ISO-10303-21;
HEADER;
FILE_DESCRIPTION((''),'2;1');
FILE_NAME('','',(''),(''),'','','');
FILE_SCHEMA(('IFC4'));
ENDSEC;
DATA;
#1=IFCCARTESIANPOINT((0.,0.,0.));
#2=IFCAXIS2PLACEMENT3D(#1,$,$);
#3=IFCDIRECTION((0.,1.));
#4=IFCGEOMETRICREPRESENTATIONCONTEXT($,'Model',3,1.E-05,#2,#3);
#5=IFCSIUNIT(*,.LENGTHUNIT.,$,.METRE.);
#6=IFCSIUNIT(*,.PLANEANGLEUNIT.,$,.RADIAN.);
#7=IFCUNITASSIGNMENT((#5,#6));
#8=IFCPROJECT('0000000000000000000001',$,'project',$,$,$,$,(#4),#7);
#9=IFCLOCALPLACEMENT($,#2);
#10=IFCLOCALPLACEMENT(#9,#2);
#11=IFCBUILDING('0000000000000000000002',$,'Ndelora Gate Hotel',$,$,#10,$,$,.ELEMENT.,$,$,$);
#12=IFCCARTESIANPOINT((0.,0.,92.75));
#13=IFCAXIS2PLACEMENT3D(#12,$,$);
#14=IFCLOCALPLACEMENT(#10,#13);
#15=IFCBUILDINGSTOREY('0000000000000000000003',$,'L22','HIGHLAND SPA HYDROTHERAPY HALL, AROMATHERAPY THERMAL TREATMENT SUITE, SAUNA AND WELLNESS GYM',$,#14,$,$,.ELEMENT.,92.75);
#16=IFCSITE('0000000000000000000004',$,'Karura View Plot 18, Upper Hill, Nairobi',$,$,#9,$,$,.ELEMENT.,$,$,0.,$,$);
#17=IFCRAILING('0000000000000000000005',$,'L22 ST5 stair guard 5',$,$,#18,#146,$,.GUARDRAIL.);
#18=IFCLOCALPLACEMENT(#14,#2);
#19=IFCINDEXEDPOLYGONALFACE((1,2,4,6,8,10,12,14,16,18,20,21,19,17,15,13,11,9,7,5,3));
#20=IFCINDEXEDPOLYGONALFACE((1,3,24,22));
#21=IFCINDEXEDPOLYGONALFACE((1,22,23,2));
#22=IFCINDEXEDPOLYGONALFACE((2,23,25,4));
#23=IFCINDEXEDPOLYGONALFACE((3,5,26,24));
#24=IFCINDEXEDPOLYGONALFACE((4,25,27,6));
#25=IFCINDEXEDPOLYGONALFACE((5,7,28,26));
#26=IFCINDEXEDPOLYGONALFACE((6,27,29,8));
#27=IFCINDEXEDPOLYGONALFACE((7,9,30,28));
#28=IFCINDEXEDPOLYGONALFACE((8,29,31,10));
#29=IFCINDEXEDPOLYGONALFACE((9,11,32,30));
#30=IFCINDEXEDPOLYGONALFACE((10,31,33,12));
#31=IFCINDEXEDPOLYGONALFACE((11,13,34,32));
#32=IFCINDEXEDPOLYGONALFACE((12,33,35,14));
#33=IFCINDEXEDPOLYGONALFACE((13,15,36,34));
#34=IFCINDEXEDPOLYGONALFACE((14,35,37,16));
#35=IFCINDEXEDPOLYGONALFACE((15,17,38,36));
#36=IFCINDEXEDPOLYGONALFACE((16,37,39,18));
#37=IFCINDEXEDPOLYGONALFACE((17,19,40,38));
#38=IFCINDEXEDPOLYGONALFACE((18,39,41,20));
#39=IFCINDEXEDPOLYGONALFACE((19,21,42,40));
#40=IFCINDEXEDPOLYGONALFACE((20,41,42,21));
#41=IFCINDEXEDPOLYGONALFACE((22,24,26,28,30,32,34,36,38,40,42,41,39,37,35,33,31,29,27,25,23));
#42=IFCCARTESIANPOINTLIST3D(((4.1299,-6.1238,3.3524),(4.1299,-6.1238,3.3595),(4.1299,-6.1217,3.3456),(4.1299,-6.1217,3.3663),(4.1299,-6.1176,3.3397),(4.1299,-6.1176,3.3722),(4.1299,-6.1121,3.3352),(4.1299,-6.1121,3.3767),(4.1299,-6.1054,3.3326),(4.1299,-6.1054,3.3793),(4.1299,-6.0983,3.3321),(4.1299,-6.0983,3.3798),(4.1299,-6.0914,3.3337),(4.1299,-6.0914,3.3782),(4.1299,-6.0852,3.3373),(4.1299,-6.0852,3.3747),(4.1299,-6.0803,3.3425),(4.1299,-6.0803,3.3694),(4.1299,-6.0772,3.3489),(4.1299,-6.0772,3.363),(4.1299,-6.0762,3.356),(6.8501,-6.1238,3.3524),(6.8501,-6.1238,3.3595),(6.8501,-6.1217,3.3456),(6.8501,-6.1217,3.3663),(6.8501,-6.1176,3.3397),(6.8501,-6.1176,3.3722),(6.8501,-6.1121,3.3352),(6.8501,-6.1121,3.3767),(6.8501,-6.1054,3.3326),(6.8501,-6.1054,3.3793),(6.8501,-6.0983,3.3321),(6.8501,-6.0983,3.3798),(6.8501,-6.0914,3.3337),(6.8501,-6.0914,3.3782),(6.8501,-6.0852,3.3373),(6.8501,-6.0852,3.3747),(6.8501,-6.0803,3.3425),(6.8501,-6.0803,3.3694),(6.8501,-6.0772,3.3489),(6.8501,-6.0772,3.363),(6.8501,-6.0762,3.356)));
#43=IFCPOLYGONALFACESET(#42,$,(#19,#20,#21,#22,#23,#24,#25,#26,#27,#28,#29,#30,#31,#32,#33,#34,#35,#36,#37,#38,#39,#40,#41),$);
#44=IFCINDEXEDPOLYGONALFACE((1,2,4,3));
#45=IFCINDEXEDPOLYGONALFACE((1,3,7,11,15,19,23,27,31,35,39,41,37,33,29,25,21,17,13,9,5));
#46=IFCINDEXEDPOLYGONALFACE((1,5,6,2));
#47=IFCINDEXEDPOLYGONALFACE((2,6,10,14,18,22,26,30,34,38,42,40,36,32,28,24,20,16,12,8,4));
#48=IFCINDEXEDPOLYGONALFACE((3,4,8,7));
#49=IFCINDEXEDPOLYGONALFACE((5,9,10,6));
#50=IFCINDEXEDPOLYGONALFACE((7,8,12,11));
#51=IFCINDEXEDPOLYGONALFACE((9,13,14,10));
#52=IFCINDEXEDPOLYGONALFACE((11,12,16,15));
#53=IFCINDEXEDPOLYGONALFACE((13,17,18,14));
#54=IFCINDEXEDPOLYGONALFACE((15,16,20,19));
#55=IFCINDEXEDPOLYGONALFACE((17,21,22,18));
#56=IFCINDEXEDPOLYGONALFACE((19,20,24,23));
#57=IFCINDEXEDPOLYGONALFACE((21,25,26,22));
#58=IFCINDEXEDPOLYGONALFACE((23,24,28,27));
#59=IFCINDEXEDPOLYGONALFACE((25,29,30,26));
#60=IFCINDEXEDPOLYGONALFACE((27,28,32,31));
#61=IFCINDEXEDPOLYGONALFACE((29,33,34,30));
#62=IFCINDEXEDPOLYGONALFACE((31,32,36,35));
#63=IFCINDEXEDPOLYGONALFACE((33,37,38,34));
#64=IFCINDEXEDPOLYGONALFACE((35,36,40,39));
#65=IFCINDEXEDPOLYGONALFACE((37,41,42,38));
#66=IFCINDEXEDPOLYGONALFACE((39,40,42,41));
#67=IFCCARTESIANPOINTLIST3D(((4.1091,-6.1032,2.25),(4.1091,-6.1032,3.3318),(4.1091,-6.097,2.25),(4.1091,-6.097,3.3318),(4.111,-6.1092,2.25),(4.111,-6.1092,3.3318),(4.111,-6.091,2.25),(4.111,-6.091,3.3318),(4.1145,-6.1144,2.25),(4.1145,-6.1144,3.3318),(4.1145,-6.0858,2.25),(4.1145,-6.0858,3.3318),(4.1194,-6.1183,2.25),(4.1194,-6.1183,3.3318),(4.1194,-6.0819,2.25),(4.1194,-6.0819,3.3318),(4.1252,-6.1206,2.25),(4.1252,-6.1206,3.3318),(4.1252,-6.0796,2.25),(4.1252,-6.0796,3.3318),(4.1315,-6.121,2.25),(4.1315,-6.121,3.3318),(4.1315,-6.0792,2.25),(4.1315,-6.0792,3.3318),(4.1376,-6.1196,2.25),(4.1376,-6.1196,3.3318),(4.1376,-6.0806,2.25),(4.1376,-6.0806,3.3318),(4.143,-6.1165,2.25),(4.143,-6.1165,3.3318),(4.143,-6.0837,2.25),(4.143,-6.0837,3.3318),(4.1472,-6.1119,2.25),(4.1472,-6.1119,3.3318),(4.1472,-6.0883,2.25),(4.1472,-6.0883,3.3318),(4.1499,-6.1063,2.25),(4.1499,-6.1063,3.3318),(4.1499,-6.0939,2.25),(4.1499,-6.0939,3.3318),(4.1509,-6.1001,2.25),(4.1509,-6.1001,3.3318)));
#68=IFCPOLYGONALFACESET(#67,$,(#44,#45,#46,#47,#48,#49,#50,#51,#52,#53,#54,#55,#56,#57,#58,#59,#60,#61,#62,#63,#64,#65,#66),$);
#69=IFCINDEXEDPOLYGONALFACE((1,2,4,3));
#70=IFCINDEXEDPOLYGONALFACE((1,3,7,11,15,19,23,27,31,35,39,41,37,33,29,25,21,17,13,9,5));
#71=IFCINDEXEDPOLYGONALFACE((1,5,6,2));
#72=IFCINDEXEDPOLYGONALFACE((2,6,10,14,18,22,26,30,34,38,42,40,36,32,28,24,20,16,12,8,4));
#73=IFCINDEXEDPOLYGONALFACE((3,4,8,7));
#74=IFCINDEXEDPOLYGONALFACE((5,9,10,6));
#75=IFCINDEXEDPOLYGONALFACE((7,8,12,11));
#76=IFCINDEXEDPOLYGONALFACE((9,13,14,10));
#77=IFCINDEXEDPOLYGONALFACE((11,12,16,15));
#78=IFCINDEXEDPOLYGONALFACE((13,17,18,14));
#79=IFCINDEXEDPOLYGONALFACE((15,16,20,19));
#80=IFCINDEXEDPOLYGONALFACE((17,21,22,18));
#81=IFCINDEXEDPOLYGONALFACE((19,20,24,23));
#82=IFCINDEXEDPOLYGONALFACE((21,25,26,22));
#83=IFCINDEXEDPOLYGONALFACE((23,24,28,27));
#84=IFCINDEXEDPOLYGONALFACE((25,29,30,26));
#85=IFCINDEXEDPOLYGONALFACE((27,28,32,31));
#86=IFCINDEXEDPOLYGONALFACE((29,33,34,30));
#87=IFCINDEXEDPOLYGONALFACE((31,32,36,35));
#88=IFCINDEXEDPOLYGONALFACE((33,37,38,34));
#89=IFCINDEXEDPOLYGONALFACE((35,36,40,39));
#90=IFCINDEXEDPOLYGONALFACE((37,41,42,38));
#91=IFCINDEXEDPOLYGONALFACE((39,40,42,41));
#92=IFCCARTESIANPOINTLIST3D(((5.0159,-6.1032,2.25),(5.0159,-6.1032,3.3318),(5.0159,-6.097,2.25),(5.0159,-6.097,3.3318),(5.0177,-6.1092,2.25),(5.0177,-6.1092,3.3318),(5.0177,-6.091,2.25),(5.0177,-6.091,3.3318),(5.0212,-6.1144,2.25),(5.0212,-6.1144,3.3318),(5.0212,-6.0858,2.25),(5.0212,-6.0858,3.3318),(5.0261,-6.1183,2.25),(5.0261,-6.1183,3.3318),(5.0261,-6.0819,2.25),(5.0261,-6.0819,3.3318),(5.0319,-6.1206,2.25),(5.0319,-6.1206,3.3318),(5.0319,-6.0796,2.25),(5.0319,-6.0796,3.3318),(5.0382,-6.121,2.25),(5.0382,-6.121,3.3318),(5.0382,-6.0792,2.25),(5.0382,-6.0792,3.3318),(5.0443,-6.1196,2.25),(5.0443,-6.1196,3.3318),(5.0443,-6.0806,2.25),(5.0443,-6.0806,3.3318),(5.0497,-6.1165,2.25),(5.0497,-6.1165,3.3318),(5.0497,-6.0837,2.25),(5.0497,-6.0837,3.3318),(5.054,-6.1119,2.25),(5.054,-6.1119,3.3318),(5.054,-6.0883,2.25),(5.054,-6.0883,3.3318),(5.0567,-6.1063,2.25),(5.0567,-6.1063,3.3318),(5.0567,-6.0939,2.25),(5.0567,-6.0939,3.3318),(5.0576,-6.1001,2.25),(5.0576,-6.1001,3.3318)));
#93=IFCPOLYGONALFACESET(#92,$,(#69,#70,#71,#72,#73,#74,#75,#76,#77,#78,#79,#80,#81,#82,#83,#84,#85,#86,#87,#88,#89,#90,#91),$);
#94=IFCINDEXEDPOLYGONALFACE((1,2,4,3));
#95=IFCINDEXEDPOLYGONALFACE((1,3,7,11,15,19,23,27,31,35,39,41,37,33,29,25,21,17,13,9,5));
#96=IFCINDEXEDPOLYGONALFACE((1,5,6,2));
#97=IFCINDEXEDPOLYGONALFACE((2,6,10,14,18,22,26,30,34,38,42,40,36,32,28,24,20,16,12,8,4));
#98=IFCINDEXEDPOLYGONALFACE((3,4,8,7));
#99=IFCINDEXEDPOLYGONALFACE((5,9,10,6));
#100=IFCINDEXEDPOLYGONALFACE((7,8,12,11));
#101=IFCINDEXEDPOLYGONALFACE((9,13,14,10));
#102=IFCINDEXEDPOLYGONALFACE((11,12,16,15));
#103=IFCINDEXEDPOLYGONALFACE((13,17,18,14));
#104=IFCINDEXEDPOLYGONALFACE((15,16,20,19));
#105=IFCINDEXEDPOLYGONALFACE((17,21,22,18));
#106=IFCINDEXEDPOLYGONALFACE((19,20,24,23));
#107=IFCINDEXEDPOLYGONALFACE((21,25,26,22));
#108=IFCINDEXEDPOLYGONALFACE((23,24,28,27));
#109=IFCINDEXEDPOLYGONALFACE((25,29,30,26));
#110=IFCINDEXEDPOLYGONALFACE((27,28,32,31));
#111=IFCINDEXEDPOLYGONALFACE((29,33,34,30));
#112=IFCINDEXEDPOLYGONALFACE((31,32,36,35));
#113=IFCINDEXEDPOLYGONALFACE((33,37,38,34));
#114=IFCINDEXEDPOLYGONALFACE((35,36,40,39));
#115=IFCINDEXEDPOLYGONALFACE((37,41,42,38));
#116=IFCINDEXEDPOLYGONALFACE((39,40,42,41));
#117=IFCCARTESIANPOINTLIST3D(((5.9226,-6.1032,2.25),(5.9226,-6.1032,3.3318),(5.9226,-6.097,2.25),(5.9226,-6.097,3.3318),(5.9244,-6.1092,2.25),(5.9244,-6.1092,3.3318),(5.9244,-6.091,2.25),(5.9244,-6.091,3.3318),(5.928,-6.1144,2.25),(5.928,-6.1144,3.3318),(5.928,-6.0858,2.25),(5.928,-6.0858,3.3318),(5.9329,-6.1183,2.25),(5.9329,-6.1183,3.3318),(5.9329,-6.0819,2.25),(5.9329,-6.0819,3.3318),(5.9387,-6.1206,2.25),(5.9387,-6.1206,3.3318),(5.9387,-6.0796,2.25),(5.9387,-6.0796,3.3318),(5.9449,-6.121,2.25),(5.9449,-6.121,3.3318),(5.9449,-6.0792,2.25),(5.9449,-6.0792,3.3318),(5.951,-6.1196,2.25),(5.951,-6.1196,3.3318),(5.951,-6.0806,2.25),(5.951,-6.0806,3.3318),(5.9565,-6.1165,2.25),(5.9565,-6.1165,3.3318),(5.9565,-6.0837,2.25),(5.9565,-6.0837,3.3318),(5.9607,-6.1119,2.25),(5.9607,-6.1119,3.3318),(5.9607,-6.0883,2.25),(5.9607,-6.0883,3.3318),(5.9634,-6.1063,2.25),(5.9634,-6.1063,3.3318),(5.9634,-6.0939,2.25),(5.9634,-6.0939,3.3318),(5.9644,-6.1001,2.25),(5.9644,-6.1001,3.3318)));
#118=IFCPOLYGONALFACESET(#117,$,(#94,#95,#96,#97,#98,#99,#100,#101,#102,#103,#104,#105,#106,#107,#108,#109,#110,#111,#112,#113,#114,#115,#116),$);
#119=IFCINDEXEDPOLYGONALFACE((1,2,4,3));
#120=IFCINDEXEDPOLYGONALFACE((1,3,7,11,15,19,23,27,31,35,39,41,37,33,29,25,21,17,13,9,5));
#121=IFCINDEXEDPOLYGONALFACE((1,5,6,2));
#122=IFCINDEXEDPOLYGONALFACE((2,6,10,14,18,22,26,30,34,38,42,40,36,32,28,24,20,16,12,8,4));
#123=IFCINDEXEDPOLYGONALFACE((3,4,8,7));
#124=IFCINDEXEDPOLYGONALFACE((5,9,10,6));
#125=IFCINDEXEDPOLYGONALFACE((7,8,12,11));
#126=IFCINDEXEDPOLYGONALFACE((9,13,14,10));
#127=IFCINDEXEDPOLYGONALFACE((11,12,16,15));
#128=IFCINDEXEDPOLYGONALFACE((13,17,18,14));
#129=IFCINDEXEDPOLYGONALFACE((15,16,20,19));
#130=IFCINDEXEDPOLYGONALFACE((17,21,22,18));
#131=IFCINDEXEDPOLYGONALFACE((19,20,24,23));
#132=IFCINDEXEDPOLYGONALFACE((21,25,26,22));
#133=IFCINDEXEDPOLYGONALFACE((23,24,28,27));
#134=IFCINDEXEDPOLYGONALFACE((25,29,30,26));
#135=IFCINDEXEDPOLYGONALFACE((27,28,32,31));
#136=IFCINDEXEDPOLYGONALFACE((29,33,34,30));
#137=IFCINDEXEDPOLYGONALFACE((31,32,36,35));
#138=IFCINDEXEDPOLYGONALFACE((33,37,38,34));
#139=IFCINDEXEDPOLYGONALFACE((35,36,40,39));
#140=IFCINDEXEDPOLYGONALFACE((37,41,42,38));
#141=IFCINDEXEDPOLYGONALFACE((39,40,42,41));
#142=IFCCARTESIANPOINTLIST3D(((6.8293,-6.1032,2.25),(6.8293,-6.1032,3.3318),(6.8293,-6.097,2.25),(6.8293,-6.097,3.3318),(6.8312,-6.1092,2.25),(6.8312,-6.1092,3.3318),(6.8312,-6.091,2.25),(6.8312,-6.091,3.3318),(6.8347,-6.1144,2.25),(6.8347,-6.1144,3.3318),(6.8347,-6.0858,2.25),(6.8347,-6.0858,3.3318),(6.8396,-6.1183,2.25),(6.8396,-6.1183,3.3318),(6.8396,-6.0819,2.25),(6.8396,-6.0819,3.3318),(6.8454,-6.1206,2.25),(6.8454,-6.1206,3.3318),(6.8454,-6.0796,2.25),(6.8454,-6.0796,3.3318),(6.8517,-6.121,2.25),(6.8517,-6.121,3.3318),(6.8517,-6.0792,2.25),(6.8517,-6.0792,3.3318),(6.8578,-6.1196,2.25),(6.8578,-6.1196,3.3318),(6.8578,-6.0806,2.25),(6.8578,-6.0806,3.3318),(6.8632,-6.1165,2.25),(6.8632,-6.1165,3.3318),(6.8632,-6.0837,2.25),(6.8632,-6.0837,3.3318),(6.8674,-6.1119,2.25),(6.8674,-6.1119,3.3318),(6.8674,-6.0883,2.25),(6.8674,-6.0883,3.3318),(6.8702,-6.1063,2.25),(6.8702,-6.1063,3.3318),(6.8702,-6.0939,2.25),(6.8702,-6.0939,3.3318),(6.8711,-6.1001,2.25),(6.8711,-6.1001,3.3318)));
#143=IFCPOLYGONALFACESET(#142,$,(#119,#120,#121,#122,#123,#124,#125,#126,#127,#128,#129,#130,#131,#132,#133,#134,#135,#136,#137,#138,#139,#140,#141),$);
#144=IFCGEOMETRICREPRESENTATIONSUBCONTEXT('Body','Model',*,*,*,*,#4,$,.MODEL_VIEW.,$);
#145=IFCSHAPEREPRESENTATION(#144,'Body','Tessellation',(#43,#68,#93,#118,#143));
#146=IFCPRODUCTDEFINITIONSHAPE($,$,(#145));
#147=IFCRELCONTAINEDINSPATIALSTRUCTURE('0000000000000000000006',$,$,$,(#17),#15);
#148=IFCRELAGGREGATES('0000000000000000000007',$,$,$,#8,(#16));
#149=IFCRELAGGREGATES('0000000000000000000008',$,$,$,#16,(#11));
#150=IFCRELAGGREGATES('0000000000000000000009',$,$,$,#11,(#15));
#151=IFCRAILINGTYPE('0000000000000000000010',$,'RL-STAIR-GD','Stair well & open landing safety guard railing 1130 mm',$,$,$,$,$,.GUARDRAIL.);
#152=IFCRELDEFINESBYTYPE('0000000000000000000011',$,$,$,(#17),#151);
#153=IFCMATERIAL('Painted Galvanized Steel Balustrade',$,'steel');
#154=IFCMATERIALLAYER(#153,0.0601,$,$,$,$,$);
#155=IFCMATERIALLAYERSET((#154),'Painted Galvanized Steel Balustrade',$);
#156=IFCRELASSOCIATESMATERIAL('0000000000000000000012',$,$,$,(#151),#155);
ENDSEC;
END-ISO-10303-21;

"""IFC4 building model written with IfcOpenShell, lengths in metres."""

from ifc_helpers import new_model, si_unit, direction, frame, origin, origin_2d, place, context, subcontext, project, spatial, circle, extrude, material, layer, layer_set, type_object, element, save


model = new_model("IFC4")

# Units and contexts
model_context = context("Model", 3, precision=1e-05, world=origin(), true_north=direction((0.0, 1.0)))
body_context = subcontext(model_context, "Body", "Model", "MODEL_VIEW")
ifc_project = project(units=[si_unit("LENGTHUNIT", "METRE"), si_unit("PLANEANGLEUNIT", "RADIAN")], contexts=[model_context])

# Site, building, storey
site_placement = place(None, origin())
site = spatial("IfcSite", under=ifc_project, at=site_placement, Name="Karura View Plot 18, Upper Hill, Nairobi", CompositionType="ELEMENT", RefElevation=0.0)
building_placement = place(site_placement, origin())
building = spatial("IfcBuilding", under=site, at=building_placement, Name="Ndelora Gate Hotel", CompositionType="ELEMENT")
storey_placement = place(building_placement, frame((0.0, 0.0, 92.75)))
storey = spatial("IfcBuildingStorey", under=building, at=storey_placement, Name="L22", Description="HIGHLAND SPA HYDROTHERAPY HALL, AROMATHERAPY THERMAL TREATMENT SUITE, SAUNA AND WELLNESS GYM", CompositionType="ELEMENT", Elevation=92.75)

# Railing
ifc_material_1 = material(Name="Painted Galvanized Steel Balustrade", Category="steel")
ifc_layer_1 = layer(ifc_material_1, 0.0601)
ifc_layer_set_1 = layer_set([ifc_layer_1], Name="Painted Galvanized Steel Balustrade")
railing_type_1 = type_object("IfcRailingType", Name="RL-STAIR-GD", Description="Stair well & open landing safety guard railing 1130 mm", PredefinedType="GUARDRAIL", material=ifc_layer_set_1)
railing_1_placement = place(storey_placement, frame((4.1299, -6.1001, 2.25)))
element("IfcRailing", 1, at=railing_1_placement, inside=storey, type_object=railing_type_1, Name="L22 ST5 stair guard 5", PredefinedType="GUARDRAIL", context=body_context, shape_type="SweptSolid", body=[
    extrude(circle(Radius=0.0239, at=origin_2d()), frame((0.0, 0.0, 1.106), z_axis=(1.0, 0.0, 0.0), x_axis=(0.0, 1.0, 0.0)), (0.0, 0.0, 1.0), 2.7202),
    extrude(circle(Radius=0.021, at=origin_2d()), origin(), (0.0, 0.0, 1.0), 1.0818),
    extrude(circle(Radius=0.021, at=origin_2d()), frame((0.9067, 0.0, 0.0)), (0.0, 0.0, 1.0), 1.0818),
    extrude(circle(Radius=0.021, at=origin_2d()), frame((1.8135, 0.0, 0.0)), (0.0, 0.0, 1.0), 1.0818),
    extrude(circle(Radius=0.021, at=origin_2d()), frame((2.7202, 0.0, 0.0)), (0.0, 0.0, 1.0), 1.0818),
])

save(model, "model.ifc")
